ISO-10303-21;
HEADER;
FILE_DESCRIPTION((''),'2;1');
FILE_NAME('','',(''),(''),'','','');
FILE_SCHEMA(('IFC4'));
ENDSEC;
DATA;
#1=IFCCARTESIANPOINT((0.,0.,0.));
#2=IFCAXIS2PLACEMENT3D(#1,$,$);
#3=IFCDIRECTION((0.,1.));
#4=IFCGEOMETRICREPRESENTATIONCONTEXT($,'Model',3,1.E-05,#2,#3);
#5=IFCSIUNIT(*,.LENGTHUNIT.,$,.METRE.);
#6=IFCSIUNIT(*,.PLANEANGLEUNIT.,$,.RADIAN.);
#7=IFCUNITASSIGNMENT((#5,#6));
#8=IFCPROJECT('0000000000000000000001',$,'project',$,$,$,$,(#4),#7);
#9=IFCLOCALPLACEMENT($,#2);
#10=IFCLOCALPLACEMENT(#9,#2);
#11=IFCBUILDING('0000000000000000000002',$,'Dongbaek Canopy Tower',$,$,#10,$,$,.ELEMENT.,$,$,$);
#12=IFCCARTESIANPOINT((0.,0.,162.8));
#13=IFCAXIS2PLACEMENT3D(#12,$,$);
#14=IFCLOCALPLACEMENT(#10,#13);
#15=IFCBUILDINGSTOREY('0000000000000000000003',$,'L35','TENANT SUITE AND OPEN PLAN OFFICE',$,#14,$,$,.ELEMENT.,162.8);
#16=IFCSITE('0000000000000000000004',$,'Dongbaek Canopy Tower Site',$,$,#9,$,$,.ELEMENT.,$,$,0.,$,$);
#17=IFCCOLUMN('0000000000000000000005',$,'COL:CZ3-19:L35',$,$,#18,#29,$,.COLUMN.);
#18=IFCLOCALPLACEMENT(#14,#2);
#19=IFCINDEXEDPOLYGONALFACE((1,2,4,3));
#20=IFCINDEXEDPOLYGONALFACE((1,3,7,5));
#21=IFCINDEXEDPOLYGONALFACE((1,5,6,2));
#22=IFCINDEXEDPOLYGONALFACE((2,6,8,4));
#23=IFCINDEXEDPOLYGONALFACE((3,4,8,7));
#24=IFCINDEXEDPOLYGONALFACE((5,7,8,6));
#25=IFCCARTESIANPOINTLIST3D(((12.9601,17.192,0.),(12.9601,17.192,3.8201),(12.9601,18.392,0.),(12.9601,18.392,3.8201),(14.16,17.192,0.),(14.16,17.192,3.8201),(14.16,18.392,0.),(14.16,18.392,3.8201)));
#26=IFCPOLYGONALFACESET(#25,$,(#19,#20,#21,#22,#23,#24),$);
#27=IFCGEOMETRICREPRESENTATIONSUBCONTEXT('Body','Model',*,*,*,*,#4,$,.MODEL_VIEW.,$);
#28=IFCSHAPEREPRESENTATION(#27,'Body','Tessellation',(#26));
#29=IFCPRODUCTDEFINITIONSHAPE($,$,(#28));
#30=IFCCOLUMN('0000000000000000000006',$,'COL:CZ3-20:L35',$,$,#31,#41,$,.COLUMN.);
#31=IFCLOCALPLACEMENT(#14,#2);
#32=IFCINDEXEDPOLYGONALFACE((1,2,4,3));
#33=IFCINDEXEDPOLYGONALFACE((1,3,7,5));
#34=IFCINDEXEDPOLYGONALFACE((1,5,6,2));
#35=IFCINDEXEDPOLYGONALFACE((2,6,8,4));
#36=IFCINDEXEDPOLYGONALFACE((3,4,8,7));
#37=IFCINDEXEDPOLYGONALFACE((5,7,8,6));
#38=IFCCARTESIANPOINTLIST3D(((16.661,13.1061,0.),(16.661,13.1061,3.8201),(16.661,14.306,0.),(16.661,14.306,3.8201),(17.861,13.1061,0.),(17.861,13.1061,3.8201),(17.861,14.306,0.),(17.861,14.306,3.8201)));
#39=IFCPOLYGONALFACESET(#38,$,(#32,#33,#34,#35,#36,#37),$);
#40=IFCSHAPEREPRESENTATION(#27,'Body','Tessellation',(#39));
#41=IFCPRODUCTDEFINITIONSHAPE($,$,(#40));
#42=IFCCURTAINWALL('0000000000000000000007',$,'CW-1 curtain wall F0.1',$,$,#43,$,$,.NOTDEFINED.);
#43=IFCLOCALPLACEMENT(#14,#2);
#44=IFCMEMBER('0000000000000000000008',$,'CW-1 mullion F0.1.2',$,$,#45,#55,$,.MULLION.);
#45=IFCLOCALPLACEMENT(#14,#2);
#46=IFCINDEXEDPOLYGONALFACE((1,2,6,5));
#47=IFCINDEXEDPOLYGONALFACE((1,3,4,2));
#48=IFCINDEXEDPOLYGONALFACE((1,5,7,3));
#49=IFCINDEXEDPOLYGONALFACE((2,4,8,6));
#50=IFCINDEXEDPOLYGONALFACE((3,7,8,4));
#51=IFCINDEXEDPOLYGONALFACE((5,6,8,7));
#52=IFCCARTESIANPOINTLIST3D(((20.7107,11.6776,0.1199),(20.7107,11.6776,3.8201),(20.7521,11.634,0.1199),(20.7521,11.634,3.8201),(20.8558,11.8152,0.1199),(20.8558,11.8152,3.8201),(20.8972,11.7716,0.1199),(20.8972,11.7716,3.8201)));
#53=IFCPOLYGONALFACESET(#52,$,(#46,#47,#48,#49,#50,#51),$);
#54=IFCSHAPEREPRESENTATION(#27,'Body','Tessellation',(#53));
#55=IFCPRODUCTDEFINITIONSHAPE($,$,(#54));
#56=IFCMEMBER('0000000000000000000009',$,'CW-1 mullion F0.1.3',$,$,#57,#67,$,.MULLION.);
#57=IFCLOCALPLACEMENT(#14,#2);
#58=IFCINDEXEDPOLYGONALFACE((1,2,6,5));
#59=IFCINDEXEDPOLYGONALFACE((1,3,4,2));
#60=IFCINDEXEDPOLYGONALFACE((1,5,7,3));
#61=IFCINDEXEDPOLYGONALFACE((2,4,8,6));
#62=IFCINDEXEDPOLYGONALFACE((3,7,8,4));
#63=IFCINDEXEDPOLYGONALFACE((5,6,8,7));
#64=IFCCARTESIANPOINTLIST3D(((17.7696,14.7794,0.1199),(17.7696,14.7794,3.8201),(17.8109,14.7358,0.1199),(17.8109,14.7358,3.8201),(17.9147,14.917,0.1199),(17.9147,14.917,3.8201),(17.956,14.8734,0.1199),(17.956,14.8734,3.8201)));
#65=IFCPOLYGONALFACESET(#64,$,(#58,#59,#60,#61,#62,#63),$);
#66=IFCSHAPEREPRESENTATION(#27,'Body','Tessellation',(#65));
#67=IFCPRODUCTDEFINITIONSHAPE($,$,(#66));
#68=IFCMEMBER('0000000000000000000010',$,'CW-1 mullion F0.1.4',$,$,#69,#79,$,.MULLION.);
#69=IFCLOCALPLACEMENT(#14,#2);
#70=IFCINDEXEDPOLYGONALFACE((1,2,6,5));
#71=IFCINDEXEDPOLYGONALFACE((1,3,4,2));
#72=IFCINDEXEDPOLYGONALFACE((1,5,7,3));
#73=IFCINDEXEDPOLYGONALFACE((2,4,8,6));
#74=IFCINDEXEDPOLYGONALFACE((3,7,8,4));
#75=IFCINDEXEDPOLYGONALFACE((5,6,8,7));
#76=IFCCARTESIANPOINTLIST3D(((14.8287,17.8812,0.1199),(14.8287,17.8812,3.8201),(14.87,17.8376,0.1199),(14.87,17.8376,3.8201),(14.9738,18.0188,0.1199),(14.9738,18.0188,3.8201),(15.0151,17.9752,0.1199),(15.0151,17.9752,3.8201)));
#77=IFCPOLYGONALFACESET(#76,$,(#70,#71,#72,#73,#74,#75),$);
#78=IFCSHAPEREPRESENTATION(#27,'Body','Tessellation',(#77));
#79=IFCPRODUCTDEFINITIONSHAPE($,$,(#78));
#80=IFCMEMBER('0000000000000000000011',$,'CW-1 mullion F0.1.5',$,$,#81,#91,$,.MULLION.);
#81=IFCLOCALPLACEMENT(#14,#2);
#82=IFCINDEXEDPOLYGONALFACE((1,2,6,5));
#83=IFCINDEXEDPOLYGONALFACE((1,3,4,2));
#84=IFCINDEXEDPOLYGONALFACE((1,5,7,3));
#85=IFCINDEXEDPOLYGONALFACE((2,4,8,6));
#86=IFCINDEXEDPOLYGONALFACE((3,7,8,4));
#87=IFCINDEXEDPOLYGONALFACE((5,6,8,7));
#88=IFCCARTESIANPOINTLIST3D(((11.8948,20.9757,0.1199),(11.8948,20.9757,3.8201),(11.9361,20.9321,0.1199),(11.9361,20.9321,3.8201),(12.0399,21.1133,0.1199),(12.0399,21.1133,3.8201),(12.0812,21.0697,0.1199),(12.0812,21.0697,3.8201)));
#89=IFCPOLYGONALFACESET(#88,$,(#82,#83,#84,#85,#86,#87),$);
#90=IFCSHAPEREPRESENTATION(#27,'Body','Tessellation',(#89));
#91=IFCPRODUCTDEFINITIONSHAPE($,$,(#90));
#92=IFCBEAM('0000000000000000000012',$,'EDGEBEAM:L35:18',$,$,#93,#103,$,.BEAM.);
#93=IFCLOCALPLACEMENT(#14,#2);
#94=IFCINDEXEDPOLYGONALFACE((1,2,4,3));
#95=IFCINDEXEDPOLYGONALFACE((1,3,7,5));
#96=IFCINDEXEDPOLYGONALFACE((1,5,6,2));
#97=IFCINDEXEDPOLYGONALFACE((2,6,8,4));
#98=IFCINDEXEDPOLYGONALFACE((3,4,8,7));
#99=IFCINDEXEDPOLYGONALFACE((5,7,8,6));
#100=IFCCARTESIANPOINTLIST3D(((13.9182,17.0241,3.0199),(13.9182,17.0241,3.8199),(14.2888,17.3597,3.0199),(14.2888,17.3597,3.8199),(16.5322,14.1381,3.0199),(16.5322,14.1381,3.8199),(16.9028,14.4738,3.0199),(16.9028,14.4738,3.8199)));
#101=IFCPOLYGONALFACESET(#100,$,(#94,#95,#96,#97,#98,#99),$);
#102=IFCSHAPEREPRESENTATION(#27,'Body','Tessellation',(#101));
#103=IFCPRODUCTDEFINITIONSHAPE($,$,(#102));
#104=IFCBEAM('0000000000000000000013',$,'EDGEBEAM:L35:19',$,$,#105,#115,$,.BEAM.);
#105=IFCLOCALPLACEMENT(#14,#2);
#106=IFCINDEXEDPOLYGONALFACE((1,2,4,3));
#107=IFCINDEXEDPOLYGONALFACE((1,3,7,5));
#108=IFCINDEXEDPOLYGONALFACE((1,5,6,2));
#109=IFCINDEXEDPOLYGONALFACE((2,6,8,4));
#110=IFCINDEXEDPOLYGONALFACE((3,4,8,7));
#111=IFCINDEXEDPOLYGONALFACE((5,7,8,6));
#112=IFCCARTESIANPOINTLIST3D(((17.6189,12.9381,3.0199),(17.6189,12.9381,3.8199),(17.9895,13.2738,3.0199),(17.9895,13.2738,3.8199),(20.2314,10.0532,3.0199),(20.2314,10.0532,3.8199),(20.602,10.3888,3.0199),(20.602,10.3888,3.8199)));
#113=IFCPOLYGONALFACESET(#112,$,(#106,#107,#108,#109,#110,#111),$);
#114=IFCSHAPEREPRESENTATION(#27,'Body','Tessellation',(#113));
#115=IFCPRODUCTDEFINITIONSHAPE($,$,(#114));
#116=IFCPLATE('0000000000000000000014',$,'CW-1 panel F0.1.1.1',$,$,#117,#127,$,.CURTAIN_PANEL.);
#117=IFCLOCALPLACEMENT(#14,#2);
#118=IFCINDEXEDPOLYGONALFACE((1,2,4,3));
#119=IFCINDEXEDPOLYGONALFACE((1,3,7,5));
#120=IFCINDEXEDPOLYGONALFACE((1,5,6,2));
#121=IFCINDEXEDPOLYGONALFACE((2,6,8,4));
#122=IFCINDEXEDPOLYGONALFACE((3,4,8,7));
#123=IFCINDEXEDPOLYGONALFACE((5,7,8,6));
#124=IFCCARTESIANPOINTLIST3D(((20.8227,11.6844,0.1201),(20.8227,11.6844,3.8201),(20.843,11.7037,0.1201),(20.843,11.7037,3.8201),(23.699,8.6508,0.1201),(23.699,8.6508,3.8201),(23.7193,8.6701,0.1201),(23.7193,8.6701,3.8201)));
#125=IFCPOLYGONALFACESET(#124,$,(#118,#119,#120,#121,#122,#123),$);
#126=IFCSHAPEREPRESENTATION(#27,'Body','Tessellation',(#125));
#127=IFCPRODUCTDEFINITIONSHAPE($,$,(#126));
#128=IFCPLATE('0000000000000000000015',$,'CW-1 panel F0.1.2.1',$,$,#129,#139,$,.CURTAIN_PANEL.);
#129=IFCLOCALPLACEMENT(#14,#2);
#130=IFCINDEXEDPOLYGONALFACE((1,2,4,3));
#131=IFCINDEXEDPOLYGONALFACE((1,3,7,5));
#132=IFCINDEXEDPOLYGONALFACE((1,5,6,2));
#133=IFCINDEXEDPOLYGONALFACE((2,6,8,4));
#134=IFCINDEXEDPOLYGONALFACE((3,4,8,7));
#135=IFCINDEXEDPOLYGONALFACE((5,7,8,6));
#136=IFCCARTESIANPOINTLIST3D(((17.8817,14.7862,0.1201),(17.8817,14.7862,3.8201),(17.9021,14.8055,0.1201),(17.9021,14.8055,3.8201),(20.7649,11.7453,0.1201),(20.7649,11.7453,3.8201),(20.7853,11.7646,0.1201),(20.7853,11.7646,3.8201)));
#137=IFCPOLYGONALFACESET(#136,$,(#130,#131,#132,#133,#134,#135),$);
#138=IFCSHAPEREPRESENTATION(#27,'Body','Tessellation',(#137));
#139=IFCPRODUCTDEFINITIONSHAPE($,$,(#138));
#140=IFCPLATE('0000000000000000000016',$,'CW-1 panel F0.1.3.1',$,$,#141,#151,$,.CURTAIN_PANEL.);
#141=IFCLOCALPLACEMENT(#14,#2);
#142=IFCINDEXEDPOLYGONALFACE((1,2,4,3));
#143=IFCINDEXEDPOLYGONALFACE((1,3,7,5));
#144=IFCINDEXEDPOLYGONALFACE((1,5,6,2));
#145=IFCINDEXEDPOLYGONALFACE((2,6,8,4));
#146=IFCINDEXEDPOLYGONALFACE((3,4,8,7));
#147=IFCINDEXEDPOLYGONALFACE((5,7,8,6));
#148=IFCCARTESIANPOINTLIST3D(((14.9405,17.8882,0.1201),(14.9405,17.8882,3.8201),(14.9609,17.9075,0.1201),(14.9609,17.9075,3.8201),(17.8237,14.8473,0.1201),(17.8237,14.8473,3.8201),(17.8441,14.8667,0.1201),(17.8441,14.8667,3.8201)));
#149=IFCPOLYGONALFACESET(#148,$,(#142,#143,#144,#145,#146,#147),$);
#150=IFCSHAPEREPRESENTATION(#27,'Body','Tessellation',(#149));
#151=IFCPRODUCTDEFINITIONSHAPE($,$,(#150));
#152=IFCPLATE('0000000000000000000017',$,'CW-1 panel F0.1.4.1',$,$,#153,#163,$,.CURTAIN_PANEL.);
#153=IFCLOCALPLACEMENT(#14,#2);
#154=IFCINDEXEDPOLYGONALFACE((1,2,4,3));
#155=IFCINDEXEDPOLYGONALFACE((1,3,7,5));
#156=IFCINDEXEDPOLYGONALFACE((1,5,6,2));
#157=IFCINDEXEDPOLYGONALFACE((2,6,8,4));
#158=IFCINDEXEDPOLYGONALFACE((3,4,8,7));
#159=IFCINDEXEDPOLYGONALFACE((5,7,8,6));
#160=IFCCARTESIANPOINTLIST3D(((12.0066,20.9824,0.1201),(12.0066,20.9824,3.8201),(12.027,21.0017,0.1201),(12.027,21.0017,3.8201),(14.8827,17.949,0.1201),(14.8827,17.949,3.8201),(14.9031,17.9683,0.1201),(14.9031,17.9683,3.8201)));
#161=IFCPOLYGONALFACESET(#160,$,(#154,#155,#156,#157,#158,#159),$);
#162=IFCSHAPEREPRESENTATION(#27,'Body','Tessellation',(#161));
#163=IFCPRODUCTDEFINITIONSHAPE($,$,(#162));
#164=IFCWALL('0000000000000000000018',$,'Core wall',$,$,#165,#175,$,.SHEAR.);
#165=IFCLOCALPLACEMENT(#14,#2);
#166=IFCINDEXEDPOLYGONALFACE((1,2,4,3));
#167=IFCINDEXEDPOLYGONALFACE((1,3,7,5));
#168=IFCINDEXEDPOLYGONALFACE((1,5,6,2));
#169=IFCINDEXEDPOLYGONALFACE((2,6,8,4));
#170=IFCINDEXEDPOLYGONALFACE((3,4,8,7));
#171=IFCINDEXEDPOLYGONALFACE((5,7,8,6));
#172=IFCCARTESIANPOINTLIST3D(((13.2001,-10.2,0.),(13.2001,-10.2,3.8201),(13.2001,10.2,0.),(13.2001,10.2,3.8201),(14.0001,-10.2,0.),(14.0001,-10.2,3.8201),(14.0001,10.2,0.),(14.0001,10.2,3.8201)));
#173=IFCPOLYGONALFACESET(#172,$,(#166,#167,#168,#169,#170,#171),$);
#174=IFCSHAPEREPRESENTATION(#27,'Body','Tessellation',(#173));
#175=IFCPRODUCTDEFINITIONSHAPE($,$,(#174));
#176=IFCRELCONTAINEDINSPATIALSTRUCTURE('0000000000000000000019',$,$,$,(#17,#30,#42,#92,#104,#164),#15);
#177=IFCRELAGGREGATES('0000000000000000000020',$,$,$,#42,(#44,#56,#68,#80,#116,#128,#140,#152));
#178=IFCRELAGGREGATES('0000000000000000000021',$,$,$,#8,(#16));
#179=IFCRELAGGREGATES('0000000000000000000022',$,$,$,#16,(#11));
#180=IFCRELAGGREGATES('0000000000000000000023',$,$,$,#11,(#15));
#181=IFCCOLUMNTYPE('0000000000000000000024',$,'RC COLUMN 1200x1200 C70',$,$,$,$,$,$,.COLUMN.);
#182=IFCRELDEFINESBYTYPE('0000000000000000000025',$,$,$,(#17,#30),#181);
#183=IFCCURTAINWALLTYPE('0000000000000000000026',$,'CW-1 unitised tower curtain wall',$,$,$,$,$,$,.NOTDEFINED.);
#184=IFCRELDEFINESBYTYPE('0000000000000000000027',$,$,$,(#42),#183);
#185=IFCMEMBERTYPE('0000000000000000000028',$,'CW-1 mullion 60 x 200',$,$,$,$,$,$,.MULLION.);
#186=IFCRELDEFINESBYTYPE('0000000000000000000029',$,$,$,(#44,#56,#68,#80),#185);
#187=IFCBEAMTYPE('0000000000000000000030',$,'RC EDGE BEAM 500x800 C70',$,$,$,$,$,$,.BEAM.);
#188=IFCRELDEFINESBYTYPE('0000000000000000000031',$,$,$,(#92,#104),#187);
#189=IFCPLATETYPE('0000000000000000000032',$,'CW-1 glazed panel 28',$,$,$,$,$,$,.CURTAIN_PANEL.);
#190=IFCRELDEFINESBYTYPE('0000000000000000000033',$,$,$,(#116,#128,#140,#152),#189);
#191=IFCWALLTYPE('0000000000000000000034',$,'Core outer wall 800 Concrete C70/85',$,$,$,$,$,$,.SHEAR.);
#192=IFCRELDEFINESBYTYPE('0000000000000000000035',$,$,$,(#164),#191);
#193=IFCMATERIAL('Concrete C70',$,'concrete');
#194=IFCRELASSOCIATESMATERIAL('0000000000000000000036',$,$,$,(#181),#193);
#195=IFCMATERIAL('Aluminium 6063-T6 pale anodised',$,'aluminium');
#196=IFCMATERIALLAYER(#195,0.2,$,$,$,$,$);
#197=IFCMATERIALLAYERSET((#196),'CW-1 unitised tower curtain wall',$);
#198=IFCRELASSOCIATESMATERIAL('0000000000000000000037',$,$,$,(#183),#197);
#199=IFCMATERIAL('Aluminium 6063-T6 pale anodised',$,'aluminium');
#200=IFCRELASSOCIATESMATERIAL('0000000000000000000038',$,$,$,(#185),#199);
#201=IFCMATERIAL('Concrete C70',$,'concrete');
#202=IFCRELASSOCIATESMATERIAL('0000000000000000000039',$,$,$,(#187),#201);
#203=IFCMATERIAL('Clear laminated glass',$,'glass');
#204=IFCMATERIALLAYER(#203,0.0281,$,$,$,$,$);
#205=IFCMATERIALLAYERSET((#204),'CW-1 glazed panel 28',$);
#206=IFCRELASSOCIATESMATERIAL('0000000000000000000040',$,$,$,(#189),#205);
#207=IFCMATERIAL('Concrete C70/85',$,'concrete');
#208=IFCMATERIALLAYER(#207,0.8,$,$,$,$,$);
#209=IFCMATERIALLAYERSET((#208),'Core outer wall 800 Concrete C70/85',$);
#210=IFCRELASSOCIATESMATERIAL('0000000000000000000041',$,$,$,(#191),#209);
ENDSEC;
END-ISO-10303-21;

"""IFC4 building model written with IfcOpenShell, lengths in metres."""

from ifc_helpers import new_model, si_unit, direction, frame, frame_2d, origin, origin_2d, place, context, subcontext, project, spatial, rectangle, extrude, material, layer, layer_set, material_profile, profile_set, type_object, element, aggregate, save


model = new_model("IFC4")

# Units and contexts
model_context = context("Model", 3, precision=1e-05, world=origin(), true_north=direction((0.0, 1.0)))
body_context = subcontext(model_context, "Body", "Model", "MODEL_VIEW")
ifc_project = project(units=[si_unit("LENGTHUNIT", "METRE"), si_unit("PLANEANGLEUNIT", "RADIAN")], contexts=[model_context])

# Site, building, storey
site_placement = place(None, origin())
site = spatial("IfcSite", under=ifc_project, at=site_placement, Name="Dongbaek Canopy Tower Site", CompositionType="ELEMENT", RefElevation=0.0)
building_placement = place(site_placement, origin())
building = spatial("IfcBuilding", under=site, at=building_placement, Name="Dongbaek Canopy Tower", CompositionType="ELEMENT")
storey_placement = place(building_placement, frame((0.0, 0.0, 162.8)))
storey = spatial("IfcBuildingStorey", under=building, at=storey_placement, Name="L35", Description="TENANT SUITE AND OPEN PLAN OFFICE", CompositionType="ELEMENT", Elevation=162.8)

# Columns
ifc_material_1 = material(Name="Concrete C70", Category="concrete")
ifc_material_profile_1 = material_profile(ifc_material_1, rectangle(XDim=1.2, YDim=1.2, at=origin_2d()), Name="RC COLUMN 1200x1200 C70")
ifc_profile_set_1 = profile_set([ifc_material_profile_1], Name="Concrete C70")
column_type = type_object("IfcColumnType", Name="RC COLUMN 1200x1200 C70", PredefinedType="COLUMN", material=ifc_profile_set_1)
for number, where, z_axis, x_axis, name in (
    (1, (13.5601, 17.792, 0.0), (0.0, 0.0, 1.0), (1.0, 0.0, 0.0), "COL:CZ3-19:L35"),
    (2, (17.261, 13.7061, 0.0), (0.0, 0.0, 1.0), (1.0, 0.0, 0.0), "COL:CZ3-20:L35"),
):
    element("IfcColumn", number, at=place(storey_placement, frame(where, z_axis=z_axis, x_axis=x_axis)), inside=storey, type_object=column_type, Name=name, PredefinedType="COLUMN", context=body_context, shape_type="SweptSolid", body=[
        extrude(rectangle(XDim=1.2, YDim=1.2, at=origin_2d()), origin(), (0.0, 0.0, 1.0), 3.8201),
    ])

# Curtain wall, members
ifc_material_2 = material(Name="Aluminium 6063-T6 pale anodised", Category="aluminium")
ifc_layer_1 = layer(ifc_material_2, 0.2)
ifc_layer_set_1 = layer_set([ifc_layer_1], Name="CW-1 unitised tower curtain wall")
curtain_wall_type = type_object("IfcCurtainWallType", Name="CW-1 unitised tower curtain wall", PredefinedType="NOTDEFINED", material=ifc_layer_set_1)
curtain_wall_placement = place(storey_placement, origin())
curtain_wall = element("IfcCurtainWall", 3, at=curtain_wall_placement, inside=storey, type_object=curtain_wall_type, Name="CW-1 curtain wall F0.1", PredefinedType="NOTDEFINED")
ifc_material_3 = material(Name="Aluminium 6063-T6 pale anodised", Category="aluminium")
ifc_material_profile_2 = material_profile(ifc_material_3, rectangle(XDim=0.2, YDim=0.0601, at=origin_2d()), Name="CW-1 mullion 60 x 200")
ifc_profile_set_2 = profile_set([ifc_material_profile_2], Name="Aluminium 6063-T6 pale anodised")
member_type = type_object("IfcMemberType", Name="CW-1 mullion 60 x 200", PredefinedType="MULLION", material=ifc_profile_set_2)
member_1_placement = place(storey_placement, frame((20.804, 11.7246, 0.1199), z_axis=(0.0, 0.0, 1.0), x_axis=(0.72567, 0.688043, 0.0)))
member_1 = element("IfcMember", 4, at=member_1_placement, type_object=member_type, Name="CW-1 mullion F0.1.2", PredefinedType="MULLION", context=body_context, shape_type="SweptSolid", body=[
    extrude(rectangle(XDim=0.2, YDim=0.0601, at=origin_2d()), origin(), (0.0, 0.0, 1.0), 3.7002),
])
member_2_placement = place(storey_placement, frame((17.8628, 14.8264, 0.1199), z_axis=(0.0, 0.0, 1.0), x_axis=(0.72567, 0.688043, 0.0)))
member_2 = element("IfcMember", 5, at=member_2_placement, type_object=member_type, Name="CW-1 mullion F0.1.3", PredefinedType="MULLION", context=body_context, shape_type="SweptSolid", body=[
    extrude(rectangle(XDim=0.2, YDim=0.0601, at=origin_2d()), origin(), (0.0, 0.0, 1.0), 3.7002),
])
member_3_placement = place(storey_placement, frame((14.9219, 17.9282, 0.1199), z_axis=(0.0, 0.0, 1.0), x_axis=(0.72567, 0.688043, 0.0)))
member_3 = element("IfcMember", 6, at=member_3_placement, type_object=member_type, Name="CW-1 mullion F0.1.4", PredefinedType="MULLION", context=body_context, shape_type="SweptSolid", body=[
    extrude(rectangle(XDim=0.2, YDim=0.0601, at=origin_2d()), origin(), (0.0, 0.0, 1.0), 3.7002),
])
member_4_placement = place(storey_placement, frame((11.988, 21.0227, 0.1199), z_axis=(0.0, 0.0, 1.0), x_axis=(0.72567, 0.688043, 0.0)))
member_4 = element("IfcMember", 7, at=member_4_placement, type_object=member_type, Name="CW-1 mullion F0.1.5", PredefinedType="MULLION", context=body_context, shape_type="SweptSolid", body=[
    extrude(rectangle(XDim=0.2, YDim=0.0601, at=origin_2d()), origin(), (0.0, 0.0, 1.0), 3.7002),
])

# Beams
ifc_material_4 = material(Name="Concrete C70", Category="concrete")
ifc_material_profile_3 = material_profile(ifc_material_4, rectangle(XDim=0.5, YDim=0.8, at=origin_2d()), Name="RC EDGE BEAM 500x800 C70")
ifc_profile_set_3 = profile_set([ifc_material_profile_3], Name="Concrete C70")
beam_type = type_object("IfcBeamType", Name="RC EDGE BEAM 500x800 C70", PredefinedType="BEAM", material=ifc_profile_set_3)
beam_1_placement = place(storey_placement, frame((14.1035, 17.1919, 3.4199), z_axis=(0.67132, -0.741167, 0.0), x_axis=(0.741167, 0.67132, 0.0)))
element("IfcBeam", 8, at=beam_1_placement, inside=storey, type_object=beam_type, Name="EDGEBEAM:L35:18", PredefinedType="BEAM", context=body_context, shape_type="SweptSolid", body=[
    extrude(rectangle(XDim=0.5, YDim=0.8, at=origin_2d()), origin(), (0.0, 0.0, 1.0), 3.8938),
])
beam_2_placement = place(storey_placement, frame((17.8042, 13.106, 3.4199), z_axis=(0.671238, -0.741241, 0.0), x_axis=(0.741241, 0.671238, 0.0)))
element("IfcBeam", 9, at=beam_2_placement, inside=storey, type_object=beam_type, Name="EDGEBEAM:L35:19", PredefinedType="BEAM", context=body_context, shape_type="SweptSolid", body=[
    extrude(rectangle(XDim=0.5, YDim=0.8, at=origin_2d()), origin(), (0.0, 0.0, 1.0), 3.8921),
])

# Plates
ifc_material_5 = material(Name="Clear laminated glass", Category="glass")
ifc_layer_2 = layer(ifc_material_5, 0.0281)
ifc_layer_set_2 = layer_set([ifc_layer_2], Name="CW-1 glazed panel 28")
plate_type = type_object("IfcPlateType", Name="CW-1 glazed panel 28", PredefinedType="CURTAIN_PANEL", material=ifc_layer_set_2)
plate_1_placement = place(storey_placement, frame((22.271, 10.1772, 0.1201), z_axis=(0.0, 0.0, 1.0), x_axis=(-0.688043, 0.72567, 0.0)))
plate_1 = element("IfcPlate", 10, at=plate_1_placement, type_object=plate_type, Name="CW-1 panel F0.1.1.1", PredefinedType="CURTAIN_PANEL", context=body_context, shape_type="SweptSolid", body=[
    extrude(rectangle(XDim=4.1804, YDim=0.0281, at=origin_2d()), origin(), (0.0, 0.0, 1.0), 3.7),
])
plate_2_placement = place(storey_placement, frame((19.3335, 13.2754, 0.1201), z_axis=(0.0, 0.0, 1.0), x_axis=(-0.688043, 0.72567, 0.0)))
plate_2 = element("IfcPlate", 11, at=plate_2_placement, type_object=plate_type, Name="CW-1 panel F0.1.2.1", PredefinedType="CURTAIN_PANEL", context=body_context, shape_type="SweptSolid", body=[
    extrude(rectangle(XDim=4.1904, YDim=0.0281, at=origin_2d()), origin(), (0.0, 0.0, 1.0), 3.7),
])
plate_3_placement = place(storey_placement, frame((16.3923, 16.3774, 0.1201), z_axis=(0.0, 0.0, 1.0), x_axis=(-0.688043, 0.72567, 0.0)))
plate_3 = element("IfcPlate", 12, at=plate_3_placement, type_object=plate_type, Name="CW-1 panel F0.1.3.1", PredefinedType="CURTAIN_PANEL", context=body_context, shape_type="SweptSolid", body=[
    extrude(rectangle(XDim=4.1904, YDim=0.0281, at=origin_2d()), origin(), (0.0, 0.0, 1.0), 3.7),
])
plate_4_placement = place(storey_placement, frame((13.4548, 19.4753, 0.1201), z_axis=(0.0, 0.0, 1.0), x_axis=(-0.688043, 0.72567, 0.0)))
plate_4 = element("IfcPlate", 13, at=plate_4_placement, type_object=plate_type, Name="CW-1 panel F0.1.4.1", PredefinedType="CURTAIN_PANEL", context=body_context, shape_type="SweptSolid", body=[
    extrude(rectangle(XDim=4.1802, YDim=0.0281, at=origin_2d()), origin(), (0.0, 0.0, 1.0), 3.7),
])

# Wall
ifc_material_6 = material(Name="Concrete C70/85", Category="concrete")
ifc_layer_3 = layer(ifc_material_6, 0.8)
ifc_layer_set_3 = layer_set([ifc_layer_3], Name="Core outer wall 800 Concrete C70/85")
wall_type_1 = type_object("IfcWallType", Name="Core outer wall 800 Concrete C70/85", PredefinedType="SHEAR", material=ifc_layer_set_3)
wall_1_placement = place(storey_placement, frame((13.6001, 10.2, 0.0), z_axis=(0.0, 0.0, 1.0), x_axis=(0.0, -1.0, 0.0)))
element("IfcWall", 14, at=wall_1_placement, inside=storey, type_object=wall_type_1, Name="Core wall", PredefinedType="SHEAR", context=body_context, shape_type="SweptSolid", body=[
    extrude(rectangle(XDim=20.3999, YDim=0.8, at=frame_2d((10.2, 0.0))), origin(), (0.0, 0.0, 1.0), 3.8201),
])

aggregate(curtain_wall, [member_1, member_2, member_3, member_4, plate_1, plate_2, plate_3, plate_4])

save(model, "model.ifc")
